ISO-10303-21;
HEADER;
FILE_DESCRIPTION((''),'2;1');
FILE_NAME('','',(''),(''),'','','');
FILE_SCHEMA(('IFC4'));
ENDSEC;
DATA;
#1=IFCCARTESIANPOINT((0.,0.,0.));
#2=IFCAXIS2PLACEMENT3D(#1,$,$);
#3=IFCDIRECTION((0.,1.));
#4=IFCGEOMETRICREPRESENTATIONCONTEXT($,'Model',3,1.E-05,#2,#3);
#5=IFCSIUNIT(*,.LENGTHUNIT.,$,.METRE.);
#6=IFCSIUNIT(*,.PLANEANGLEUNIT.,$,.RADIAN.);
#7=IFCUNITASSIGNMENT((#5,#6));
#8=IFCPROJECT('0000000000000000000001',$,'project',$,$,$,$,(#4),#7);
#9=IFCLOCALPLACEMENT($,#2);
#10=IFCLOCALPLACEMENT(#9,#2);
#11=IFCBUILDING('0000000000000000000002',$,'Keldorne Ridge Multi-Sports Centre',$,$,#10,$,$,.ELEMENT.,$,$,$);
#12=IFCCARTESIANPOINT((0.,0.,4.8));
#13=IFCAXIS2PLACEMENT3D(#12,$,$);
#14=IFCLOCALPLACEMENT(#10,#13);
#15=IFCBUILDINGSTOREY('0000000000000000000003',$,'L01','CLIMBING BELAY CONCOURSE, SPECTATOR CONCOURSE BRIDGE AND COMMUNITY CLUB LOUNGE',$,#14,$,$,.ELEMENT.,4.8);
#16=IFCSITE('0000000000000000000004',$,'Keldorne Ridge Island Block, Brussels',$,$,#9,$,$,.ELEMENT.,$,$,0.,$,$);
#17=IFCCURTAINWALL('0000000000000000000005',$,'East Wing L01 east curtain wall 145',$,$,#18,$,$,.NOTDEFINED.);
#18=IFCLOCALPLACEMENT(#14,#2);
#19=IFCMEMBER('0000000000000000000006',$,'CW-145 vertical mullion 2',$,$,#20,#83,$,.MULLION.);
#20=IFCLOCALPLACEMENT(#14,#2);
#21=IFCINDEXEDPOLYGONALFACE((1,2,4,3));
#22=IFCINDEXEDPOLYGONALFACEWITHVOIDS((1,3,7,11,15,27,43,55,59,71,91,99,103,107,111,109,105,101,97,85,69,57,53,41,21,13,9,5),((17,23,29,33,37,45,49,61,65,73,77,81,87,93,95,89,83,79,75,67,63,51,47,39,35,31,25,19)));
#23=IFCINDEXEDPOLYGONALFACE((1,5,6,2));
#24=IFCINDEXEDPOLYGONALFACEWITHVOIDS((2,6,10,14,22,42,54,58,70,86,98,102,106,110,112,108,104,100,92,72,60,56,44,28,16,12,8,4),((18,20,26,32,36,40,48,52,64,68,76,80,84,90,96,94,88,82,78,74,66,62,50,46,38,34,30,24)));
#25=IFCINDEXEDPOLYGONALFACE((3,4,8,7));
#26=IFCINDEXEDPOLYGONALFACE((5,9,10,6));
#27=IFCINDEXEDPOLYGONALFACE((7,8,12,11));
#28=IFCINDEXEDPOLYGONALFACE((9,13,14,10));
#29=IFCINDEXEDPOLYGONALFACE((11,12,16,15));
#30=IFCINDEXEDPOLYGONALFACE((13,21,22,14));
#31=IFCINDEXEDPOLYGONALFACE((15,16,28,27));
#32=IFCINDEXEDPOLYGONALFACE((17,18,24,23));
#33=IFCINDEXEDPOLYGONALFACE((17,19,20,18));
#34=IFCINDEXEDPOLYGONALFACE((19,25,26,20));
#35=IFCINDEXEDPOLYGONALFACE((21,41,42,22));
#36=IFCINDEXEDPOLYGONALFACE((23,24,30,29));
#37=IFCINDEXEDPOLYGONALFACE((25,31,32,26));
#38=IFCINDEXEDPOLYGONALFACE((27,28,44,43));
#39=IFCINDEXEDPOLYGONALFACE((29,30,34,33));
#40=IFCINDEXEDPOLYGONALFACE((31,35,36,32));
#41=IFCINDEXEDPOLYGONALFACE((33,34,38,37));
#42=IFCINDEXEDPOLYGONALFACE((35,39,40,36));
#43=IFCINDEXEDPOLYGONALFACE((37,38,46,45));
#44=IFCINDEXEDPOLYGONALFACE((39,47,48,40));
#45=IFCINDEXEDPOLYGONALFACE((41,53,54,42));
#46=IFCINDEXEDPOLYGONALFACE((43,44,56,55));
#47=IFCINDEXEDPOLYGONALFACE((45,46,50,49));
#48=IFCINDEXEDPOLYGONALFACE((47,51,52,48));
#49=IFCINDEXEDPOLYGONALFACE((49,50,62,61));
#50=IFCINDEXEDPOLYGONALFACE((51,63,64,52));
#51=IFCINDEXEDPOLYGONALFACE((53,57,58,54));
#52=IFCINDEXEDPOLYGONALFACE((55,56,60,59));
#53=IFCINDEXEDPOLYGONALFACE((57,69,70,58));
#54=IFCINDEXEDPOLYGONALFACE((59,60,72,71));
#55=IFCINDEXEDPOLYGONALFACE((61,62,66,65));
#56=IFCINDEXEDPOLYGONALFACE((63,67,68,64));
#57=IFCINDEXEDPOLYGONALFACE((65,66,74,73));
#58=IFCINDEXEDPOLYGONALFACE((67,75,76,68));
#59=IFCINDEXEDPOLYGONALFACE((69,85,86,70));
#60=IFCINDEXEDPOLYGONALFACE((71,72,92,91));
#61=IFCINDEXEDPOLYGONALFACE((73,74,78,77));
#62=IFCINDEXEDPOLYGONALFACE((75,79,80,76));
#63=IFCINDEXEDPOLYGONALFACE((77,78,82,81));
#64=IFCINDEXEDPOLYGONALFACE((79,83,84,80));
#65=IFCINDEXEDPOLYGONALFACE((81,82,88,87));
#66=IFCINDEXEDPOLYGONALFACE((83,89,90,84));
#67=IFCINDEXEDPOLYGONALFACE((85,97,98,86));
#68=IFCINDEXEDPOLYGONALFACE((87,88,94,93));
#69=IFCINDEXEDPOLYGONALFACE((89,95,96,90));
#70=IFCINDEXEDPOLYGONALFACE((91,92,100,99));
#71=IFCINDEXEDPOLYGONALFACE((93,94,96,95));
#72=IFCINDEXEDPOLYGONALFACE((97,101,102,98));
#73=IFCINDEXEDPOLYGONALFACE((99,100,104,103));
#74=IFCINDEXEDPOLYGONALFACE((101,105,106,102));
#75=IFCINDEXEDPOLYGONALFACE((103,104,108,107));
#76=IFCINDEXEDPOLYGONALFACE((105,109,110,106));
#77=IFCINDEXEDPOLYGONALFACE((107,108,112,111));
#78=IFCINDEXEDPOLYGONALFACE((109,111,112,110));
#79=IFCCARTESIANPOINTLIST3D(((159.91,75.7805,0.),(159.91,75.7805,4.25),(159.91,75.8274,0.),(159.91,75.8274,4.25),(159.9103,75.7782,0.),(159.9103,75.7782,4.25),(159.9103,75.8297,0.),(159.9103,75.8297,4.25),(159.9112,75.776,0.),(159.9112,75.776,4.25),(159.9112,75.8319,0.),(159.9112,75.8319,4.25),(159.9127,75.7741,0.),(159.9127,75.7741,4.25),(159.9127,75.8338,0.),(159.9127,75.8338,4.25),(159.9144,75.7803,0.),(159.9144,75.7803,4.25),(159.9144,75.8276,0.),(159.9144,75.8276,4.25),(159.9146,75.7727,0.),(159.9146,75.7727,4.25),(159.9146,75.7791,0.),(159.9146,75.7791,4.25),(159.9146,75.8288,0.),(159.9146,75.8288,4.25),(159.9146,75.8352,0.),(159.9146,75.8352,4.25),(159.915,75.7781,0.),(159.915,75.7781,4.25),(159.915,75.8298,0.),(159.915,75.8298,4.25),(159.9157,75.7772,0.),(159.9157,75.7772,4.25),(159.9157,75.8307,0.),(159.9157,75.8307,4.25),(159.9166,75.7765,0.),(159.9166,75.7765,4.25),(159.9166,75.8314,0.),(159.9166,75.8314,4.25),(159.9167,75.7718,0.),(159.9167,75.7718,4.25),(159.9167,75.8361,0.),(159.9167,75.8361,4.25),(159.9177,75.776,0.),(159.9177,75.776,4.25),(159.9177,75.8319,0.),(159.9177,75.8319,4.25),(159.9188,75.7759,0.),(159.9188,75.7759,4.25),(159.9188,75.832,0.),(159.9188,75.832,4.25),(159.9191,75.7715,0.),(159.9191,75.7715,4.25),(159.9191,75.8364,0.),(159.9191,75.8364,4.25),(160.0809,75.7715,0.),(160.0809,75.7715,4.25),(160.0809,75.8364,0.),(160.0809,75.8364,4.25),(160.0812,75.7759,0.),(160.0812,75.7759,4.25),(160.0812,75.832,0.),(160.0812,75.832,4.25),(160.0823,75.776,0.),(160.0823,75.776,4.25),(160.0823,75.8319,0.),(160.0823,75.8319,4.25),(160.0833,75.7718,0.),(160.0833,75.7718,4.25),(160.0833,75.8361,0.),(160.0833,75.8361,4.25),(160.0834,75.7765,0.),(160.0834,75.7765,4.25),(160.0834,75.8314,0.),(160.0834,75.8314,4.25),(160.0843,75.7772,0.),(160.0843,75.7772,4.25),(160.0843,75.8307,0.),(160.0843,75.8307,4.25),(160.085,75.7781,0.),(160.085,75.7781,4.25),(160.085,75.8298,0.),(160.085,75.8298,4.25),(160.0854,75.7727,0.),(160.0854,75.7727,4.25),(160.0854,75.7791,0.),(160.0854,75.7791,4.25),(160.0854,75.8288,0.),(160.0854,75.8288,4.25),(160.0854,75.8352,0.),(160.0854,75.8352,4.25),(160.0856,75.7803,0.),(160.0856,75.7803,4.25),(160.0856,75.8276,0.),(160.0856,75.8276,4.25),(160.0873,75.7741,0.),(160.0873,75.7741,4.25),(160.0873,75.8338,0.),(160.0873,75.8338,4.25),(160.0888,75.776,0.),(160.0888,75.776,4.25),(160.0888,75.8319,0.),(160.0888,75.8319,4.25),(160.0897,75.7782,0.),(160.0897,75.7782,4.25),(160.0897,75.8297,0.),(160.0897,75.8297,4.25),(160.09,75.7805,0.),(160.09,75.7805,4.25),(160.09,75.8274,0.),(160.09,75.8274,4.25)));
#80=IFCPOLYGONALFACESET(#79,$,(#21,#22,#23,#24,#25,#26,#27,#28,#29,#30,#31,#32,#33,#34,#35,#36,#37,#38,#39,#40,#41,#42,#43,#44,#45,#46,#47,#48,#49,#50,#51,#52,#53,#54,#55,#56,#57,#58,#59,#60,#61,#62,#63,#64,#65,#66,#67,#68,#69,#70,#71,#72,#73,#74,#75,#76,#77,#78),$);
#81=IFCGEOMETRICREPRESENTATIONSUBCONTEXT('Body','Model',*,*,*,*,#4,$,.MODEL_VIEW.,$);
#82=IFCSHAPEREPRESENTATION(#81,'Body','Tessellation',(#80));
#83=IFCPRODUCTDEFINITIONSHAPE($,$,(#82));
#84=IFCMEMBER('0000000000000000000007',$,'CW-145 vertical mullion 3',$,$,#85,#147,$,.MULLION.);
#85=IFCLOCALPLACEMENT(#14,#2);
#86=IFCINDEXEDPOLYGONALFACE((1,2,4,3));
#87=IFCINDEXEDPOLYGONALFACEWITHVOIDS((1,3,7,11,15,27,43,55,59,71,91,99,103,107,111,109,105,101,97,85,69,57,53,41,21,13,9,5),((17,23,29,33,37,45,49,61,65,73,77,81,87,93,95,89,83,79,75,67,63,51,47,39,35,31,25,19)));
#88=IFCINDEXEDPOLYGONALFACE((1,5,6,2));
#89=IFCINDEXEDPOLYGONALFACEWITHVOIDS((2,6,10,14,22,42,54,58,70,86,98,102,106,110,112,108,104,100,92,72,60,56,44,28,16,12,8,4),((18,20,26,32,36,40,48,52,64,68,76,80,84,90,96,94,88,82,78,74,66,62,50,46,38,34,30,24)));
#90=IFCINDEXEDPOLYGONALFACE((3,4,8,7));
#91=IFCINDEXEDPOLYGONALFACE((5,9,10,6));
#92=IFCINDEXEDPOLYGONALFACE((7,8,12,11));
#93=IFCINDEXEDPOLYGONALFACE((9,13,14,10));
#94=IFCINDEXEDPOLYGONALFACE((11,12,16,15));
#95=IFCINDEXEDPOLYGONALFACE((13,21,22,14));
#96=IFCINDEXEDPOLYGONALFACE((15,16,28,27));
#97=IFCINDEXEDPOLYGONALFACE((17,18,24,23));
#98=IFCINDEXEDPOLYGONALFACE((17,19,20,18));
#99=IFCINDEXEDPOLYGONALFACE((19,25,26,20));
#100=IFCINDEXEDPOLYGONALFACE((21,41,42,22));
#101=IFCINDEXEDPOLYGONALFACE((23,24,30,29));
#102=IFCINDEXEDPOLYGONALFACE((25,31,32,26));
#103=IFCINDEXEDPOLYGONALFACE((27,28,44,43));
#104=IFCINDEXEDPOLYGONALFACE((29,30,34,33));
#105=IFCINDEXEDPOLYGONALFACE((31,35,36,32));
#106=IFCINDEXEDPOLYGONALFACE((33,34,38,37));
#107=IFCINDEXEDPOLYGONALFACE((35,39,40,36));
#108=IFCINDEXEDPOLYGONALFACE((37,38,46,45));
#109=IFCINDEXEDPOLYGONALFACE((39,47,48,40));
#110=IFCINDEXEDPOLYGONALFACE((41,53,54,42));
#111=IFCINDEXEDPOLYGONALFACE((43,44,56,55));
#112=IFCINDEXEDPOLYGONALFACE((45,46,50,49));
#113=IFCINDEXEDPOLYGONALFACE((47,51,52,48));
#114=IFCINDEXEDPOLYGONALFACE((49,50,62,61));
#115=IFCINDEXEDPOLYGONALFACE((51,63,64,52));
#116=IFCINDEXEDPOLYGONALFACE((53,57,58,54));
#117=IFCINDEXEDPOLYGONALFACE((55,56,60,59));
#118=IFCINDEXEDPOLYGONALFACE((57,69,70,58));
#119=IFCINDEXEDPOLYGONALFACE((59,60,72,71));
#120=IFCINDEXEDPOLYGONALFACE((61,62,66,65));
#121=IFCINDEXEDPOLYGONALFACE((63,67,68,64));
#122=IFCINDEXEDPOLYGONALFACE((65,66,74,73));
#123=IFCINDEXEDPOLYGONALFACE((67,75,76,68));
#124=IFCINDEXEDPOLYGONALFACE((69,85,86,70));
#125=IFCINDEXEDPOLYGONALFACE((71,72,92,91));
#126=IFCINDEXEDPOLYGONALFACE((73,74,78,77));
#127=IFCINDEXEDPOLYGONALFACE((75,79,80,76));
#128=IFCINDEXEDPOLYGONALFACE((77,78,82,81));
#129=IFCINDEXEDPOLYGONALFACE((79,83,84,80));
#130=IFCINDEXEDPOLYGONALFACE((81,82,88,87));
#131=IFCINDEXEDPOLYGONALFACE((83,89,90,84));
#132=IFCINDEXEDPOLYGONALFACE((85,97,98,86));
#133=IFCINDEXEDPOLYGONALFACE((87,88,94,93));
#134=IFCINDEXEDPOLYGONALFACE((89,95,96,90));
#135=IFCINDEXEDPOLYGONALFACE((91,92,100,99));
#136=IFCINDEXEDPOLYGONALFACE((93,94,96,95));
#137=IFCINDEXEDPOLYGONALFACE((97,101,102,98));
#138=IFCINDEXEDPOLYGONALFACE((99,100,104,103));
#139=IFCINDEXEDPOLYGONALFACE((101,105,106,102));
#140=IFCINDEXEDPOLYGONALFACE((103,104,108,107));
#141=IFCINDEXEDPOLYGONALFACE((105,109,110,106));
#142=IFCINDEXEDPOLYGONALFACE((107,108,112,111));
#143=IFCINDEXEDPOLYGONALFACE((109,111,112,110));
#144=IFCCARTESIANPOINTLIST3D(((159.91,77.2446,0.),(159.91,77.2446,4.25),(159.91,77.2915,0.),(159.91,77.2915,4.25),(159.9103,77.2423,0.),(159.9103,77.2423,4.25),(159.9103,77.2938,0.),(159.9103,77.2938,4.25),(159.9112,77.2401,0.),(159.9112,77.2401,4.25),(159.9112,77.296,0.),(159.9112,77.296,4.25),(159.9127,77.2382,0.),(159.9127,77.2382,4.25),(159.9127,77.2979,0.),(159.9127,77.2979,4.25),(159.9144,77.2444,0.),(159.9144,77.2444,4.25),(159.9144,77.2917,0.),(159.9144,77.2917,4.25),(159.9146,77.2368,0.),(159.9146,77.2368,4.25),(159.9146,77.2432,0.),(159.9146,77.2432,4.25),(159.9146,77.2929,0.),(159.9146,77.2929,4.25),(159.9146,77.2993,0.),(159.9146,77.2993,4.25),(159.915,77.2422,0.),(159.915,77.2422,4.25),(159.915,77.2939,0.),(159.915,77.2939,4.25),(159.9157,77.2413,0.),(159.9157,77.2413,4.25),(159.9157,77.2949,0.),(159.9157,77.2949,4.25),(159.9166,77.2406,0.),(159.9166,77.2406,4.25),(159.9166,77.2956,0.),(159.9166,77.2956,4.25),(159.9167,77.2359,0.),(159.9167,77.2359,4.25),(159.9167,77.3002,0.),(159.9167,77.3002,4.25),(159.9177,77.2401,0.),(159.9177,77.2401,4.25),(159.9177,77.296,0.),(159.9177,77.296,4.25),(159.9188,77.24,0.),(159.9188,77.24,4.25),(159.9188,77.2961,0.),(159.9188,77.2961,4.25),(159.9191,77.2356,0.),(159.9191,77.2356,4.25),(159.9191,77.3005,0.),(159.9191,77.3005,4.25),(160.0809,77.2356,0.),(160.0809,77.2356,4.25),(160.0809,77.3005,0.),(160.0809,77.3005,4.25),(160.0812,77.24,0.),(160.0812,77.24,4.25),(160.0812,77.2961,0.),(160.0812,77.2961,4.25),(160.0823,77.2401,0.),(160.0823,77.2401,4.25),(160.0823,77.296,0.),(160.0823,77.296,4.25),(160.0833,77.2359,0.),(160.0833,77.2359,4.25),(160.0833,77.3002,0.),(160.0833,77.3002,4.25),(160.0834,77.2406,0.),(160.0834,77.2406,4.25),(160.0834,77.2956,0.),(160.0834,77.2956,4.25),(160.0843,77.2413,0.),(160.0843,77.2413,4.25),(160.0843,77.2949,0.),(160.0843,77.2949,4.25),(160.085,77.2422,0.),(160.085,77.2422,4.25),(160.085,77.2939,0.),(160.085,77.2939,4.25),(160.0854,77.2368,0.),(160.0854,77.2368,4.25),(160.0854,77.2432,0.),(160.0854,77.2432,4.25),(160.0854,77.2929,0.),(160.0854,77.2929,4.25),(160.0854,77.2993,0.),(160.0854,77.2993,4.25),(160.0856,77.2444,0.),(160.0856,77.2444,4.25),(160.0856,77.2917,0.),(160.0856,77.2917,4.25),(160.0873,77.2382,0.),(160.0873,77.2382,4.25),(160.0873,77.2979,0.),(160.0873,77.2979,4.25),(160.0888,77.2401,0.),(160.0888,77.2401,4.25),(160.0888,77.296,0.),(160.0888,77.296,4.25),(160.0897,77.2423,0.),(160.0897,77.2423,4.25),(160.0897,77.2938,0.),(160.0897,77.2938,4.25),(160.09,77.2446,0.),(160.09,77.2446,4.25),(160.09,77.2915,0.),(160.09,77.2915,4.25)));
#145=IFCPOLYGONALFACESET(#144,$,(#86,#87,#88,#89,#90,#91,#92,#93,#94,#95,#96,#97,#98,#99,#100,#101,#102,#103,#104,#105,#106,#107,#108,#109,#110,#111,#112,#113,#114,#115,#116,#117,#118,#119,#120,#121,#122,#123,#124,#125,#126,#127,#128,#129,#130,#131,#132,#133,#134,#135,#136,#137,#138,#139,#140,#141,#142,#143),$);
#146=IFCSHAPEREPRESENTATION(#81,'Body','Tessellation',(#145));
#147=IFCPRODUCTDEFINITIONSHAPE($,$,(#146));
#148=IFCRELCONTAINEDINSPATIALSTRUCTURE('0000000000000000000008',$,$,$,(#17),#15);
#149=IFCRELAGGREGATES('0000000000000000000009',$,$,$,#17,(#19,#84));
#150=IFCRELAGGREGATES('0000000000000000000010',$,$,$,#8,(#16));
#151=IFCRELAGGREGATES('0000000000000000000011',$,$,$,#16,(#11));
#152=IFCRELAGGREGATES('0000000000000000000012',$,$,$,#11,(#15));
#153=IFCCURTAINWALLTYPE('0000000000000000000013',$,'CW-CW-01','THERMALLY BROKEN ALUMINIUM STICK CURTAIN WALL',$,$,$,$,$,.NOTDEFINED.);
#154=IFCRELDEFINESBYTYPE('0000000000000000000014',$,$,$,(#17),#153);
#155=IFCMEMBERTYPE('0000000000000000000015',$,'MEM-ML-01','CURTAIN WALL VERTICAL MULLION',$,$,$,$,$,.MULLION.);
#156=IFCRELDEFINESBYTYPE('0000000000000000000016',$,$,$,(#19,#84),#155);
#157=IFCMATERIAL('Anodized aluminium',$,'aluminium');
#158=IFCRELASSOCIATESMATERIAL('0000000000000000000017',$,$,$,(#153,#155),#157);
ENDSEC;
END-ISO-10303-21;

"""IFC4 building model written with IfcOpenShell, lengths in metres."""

from ifc_helpers import new_model, si_unit, direction, frame, origin, origin_2d, place, context, subcontext, project, spatial, hollow_rectangle, extrude, material, material_profile, profile_set, type_object, element, aggregate, save


model = new_model("IFC4")

# Units and contexts
model_context = context("Model", 3, precision=1e-05, world=origin(), true_north=direction((0.0, 1.0)))
body_context = subcontext(model_context, "Body", "Model", "MODEL_VIEW")
ifc_project = project(units=[si_unit("LENGTHUNIT", "METRE"), si_unit("PLANEANGLEUNIT", "RADIAN")], contexts=[model_context])

# Site, building, storey
site_placement = place(None, origin())
site = spatial("IfcSite", under=ifc_project, at=site_placement, Name="Keldorne Ridge Island Block, Brussels", CompositionType="ELEMENT", RefElevation=0.0)
building_placement = place(site_placement, origin())
building = spatial("IfcBuilding", under=site, at=building_placement, Name="Keldorne Ridge Multi-Sports Centre", CompositionType="ELEMENT")
storey_placement = place(building_placement, frame((0.0, 0.0, 4.8)))
storey = spatial("IfcBuildingStorey", under=building, at=storey_placement, Name="L01", Description="CLIMBING BELAY CONCOURSE, SPECTATOR CONCOURSE BRIDGE AND COMMUNITY CLUB LOUNGE", CompositionType="ELEMENT", Elevation=4.8)

# Curtain wall, members
ifc_material_1 = material(Name="Anodized aluminium", Category="aluminium")
curtain_wall_type = type_object("IfcCurtainWallType", Name="CW-CW-01", Description="THERMALLY BROKEN ALUMINIUM STICK CURTAIN WALL", PredefinedType="NOTDEFINED", material=ifc_material_1)
curtain_wall_placement = place(storey_placement, origin())
curtain_wall = element("IfcCurtainWall", 1, at=curtain_wall_placement, inside=storey, type_object=curtain_wall_type, Name="East Wing L01 east curtain wall 145", PredefinedType="NOTDEFINED")
ifc_material_profile_1 = material_profile(ifc_material_1, hollow_rectangle(XDim=0.0649, YDim=0.1799, WallThickness=0.0044, InnerFilletRadius=0.0044, OuterFilletRadius=0.009, at=origin_2d()), Name="ALU MULLION 180x65x4.5")
ifc_profile_set_1 = profile_set([ifc_material_profile_1], Name="Anodized aluminium")
member_type_1 = type_object("IfcMemberType", Name="MEM-ML-01", Description="CURTAIN WALL VERTICAL MULLION", PredefinedType="MULLION", material=ifc_profile_set_1)
member_1_placement = place(storey_placement, frame((160.0, 75.804, 0.0), z_axis=(0.0, 0.0, 1.0), x_axis=(0.0, 1.0, 0.0)))
member_1 = element("IfcMember", 2, at=member_1_placement, type_object=member_type_1, Name="CW-145 vertical mullion 2", PredefinedType="MULLION", context=body_context, shape_type="SweptSolid", body=[
    extrude(hollow_rectangle(XDim=0.0649, YDim=0.1799, WallThickness=0.0044, InnerFilletRadius=0.0044, OuterFilletRadius=0.009, at=origin_2d()), origin(), (0.0, 0.0, 1.0), 4.25),
])
member_2_placement = place(storey_placement, frame((160.0, 77.2681, 0.0), z_axis=(0.0, 0.0, 1.0), x_axis=(0.0, 1.0, 0.0)))
member_2 = element("IfcMember", 3, at=member_2_placement, type_object=member_type_1, Name="CW-145 vertical mullion 3", PredefinedType="MULLION", context=body_context, shape_type="SweptSolid", body=[
    extrude(hollow_rectangle(XDim=0.0649, YDim=0.1799, WallThickness=0.0044, InnerFilletRadius=0.0044, OuterFilletRadius=0.009, at=origin_2d()), origin(), (0.0, 0.0, 1.0), 4.25),
])
aggregate(curtain_wall, [member_1, member_2])

save(model, "model.ifc")
